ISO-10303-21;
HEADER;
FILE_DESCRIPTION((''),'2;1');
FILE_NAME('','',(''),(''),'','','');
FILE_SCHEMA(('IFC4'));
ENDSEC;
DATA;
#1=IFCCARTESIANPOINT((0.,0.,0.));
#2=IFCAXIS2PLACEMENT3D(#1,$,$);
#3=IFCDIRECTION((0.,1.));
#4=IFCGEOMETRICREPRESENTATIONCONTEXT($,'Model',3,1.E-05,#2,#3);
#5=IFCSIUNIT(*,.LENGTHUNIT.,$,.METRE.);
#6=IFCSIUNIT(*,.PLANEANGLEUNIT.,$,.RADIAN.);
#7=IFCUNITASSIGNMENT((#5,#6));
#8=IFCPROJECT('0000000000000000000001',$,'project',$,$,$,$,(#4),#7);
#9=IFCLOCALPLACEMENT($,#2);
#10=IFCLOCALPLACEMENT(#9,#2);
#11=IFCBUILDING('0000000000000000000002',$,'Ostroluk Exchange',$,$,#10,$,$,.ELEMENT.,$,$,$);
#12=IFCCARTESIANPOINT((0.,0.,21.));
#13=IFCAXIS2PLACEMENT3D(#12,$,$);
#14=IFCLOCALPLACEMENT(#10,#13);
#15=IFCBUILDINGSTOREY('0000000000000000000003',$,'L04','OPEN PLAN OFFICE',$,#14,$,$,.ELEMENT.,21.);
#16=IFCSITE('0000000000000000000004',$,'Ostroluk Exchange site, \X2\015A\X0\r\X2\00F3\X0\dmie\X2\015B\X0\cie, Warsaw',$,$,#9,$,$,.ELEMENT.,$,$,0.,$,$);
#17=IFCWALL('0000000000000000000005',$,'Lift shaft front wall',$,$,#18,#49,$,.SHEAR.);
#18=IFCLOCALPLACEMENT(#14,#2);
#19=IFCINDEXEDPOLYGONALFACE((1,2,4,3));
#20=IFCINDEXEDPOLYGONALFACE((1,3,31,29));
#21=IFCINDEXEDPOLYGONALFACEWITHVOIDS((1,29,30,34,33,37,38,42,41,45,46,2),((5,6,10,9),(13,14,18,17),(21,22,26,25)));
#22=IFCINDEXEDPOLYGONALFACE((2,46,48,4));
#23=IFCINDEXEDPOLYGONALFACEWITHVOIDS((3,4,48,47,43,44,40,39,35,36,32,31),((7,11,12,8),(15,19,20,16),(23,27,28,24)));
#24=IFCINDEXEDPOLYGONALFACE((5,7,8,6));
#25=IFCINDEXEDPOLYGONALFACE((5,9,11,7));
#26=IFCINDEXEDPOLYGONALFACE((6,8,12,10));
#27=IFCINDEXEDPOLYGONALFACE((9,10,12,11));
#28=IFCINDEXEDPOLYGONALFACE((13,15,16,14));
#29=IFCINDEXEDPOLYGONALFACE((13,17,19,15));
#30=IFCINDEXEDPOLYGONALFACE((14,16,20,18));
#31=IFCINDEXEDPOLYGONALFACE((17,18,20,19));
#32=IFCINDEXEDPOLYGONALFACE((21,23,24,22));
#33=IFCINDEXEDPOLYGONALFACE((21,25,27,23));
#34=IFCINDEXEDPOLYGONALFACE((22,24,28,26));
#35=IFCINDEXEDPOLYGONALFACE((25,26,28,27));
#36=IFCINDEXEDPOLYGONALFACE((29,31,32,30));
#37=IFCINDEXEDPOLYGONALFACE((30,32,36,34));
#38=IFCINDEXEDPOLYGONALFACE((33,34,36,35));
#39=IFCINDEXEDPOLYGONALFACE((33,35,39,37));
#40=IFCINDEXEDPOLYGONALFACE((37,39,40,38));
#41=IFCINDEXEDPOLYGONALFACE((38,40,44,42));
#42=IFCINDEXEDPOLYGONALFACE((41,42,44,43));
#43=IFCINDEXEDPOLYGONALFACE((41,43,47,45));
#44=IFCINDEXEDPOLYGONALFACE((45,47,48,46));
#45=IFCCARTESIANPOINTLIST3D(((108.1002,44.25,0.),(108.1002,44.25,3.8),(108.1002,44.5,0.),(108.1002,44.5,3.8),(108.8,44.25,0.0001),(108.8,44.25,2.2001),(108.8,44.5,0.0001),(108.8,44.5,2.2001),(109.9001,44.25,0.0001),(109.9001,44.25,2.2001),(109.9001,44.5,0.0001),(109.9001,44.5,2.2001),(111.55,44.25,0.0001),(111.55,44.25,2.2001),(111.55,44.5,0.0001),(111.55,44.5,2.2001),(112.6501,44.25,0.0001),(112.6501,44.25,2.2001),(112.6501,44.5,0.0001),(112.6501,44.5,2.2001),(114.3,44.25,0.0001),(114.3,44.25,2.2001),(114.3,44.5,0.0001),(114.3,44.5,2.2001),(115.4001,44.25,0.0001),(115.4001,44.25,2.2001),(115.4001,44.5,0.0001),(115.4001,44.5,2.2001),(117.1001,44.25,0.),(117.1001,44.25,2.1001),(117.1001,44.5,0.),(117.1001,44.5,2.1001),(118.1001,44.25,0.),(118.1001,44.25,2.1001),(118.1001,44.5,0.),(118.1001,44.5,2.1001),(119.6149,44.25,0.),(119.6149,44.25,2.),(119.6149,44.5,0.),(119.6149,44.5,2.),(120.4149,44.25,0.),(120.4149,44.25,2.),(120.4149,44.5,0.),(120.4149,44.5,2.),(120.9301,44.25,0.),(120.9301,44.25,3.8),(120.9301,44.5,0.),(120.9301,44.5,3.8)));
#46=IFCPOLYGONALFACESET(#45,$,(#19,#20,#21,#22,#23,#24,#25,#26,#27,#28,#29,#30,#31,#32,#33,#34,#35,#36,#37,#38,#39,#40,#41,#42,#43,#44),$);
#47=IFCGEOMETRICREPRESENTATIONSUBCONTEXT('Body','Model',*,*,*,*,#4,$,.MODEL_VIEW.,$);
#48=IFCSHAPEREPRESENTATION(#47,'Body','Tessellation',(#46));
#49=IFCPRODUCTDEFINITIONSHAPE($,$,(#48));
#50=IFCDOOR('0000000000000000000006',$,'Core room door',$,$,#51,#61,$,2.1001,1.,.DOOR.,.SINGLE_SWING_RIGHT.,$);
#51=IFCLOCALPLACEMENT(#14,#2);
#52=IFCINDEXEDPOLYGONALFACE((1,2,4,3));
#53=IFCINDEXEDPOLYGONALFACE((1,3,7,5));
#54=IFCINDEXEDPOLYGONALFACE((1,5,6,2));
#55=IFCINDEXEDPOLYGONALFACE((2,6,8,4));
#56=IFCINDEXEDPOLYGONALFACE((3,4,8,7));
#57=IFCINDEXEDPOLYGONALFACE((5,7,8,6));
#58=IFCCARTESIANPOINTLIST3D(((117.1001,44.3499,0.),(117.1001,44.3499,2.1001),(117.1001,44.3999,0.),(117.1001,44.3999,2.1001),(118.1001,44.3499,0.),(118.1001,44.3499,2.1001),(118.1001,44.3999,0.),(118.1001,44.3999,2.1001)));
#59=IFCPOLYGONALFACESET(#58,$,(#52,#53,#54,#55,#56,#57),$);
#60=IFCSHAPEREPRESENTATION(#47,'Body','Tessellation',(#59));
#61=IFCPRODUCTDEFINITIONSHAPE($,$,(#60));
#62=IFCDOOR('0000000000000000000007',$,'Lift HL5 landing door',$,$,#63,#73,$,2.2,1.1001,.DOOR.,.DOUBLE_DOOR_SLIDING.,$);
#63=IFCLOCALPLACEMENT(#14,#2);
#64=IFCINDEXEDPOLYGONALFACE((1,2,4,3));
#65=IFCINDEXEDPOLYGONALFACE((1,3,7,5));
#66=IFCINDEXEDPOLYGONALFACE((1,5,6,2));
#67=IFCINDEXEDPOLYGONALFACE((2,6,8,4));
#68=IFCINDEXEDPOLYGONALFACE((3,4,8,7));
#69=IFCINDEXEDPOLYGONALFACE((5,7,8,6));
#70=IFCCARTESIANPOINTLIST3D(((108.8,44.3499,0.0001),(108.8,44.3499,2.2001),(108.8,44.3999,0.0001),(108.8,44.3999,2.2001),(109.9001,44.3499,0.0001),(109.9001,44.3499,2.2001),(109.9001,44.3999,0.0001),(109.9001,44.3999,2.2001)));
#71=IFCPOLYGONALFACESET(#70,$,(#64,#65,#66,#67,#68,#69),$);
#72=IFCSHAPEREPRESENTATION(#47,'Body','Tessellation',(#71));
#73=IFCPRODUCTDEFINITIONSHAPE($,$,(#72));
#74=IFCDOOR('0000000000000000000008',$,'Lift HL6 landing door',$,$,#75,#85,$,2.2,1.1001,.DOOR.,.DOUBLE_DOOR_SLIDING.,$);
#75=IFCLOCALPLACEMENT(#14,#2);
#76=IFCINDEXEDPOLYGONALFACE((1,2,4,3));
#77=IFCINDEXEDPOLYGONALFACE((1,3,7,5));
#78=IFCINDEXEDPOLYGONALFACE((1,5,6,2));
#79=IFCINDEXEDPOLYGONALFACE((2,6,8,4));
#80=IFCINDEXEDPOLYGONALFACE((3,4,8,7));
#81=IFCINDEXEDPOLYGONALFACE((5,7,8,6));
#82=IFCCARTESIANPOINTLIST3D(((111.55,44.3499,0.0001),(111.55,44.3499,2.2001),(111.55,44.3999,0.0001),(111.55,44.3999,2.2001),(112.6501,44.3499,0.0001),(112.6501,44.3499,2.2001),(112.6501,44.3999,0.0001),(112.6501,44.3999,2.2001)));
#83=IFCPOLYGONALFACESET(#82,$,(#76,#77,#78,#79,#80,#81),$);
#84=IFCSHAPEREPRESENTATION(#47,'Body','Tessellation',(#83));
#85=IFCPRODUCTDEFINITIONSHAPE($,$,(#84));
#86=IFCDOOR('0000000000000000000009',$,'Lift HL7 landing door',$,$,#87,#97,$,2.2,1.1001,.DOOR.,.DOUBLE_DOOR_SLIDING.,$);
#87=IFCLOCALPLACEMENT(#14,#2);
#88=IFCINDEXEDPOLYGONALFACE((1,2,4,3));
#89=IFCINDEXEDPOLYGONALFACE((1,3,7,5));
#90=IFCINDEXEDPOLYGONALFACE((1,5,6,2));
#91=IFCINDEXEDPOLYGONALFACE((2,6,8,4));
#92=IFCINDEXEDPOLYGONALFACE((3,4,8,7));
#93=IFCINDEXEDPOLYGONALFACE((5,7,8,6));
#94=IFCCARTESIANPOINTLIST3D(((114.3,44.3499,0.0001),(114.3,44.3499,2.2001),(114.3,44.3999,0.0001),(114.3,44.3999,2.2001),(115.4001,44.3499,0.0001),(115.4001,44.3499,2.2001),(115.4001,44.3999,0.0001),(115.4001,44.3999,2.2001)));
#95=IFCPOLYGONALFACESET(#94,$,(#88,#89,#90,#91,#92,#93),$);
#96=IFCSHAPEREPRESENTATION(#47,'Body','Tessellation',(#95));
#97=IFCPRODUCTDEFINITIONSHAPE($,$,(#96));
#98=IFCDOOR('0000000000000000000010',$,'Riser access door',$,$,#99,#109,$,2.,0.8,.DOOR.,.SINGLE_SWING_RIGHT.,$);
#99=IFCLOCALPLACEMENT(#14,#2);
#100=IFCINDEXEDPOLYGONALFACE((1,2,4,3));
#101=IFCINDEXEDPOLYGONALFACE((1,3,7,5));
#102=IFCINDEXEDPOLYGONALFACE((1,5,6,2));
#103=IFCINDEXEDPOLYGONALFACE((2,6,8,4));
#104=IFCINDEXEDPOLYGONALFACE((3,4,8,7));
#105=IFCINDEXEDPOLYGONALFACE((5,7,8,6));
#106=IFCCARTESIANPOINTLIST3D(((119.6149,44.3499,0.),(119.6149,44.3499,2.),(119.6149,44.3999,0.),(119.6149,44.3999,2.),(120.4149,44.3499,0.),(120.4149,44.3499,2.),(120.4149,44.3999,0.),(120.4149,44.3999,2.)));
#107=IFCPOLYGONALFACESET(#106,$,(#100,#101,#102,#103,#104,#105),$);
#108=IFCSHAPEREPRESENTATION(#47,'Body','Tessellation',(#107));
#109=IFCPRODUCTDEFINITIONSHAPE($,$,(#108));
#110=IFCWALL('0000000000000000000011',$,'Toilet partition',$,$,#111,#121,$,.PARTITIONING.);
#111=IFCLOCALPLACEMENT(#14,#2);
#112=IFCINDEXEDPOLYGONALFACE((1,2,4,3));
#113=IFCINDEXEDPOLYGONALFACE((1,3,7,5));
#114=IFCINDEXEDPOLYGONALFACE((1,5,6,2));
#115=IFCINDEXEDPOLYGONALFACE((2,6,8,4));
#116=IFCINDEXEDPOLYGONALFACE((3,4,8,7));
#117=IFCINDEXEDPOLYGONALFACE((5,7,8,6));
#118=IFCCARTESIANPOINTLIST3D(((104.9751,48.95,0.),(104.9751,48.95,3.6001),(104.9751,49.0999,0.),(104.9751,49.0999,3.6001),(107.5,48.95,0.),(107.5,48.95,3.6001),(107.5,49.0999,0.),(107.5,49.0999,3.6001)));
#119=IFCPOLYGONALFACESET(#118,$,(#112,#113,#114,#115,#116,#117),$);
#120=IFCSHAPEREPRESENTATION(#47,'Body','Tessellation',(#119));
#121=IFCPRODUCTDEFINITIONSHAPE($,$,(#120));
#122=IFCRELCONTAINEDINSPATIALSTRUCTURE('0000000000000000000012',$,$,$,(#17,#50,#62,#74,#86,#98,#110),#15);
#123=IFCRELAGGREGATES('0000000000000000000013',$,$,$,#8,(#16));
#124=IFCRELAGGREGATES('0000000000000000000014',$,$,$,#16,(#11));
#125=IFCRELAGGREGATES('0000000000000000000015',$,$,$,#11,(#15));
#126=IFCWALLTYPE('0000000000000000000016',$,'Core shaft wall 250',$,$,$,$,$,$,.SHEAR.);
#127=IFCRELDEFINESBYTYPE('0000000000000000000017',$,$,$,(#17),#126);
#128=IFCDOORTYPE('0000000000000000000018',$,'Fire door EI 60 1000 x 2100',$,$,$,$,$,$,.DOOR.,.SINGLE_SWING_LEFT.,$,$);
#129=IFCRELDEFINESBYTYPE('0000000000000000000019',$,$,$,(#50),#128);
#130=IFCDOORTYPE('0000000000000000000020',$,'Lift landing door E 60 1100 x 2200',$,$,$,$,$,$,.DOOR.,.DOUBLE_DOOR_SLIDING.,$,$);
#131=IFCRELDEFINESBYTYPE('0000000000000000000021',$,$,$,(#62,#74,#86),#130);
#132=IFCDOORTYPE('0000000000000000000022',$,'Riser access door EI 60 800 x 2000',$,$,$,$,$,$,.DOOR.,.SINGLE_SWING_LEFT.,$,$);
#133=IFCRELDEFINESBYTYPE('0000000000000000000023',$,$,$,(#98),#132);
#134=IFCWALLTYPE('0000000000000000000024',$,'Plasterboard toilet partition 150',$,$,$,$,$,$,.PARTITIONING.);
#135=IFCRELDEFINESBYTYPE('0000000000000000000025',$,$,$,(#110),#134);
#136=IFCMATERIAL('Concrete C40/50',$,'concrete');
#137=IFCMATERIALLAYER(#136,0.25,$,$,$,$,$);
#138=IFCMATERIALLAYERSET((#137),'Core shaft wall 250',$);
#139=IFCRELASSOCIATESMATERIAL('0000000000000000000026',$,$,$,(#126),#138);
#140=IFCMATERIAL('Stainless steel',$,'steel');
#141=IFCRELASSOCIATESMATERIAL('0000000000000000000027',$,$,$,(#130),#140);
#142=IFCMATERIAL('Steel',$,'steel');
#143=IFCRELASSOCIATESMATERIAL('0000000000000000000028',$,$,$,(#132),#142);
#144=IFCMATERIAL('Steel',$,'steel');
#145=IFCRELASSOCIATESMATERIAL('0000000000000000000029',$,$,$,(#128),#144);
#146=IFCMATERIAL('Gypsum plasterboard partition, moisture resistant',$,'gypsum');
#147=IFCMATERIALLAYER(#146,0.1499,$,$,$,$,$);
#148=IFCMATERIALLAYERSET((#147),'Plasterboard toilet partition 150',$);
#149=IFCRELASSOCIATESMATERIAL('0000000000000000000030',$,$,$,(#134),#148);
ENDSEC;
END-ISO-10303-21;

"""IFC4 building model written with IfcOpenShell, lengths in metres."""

from ifc_helpers import new_model, si_unit, direction, frame, frame_2d, origin, place, context, subcontext, project, spatial, rectangle, extrude, material, layer, layer_set, type_object, element, fill, save


model = new_model("IFC4")

# Units and contexts
model_context = context("Model", 3, precision=1e-05, world=origin(), true_north=direction((0.0, 1.0)))
body_context = subcontext(model_context, "Body", "Model", "MODEL_VIEW")
ifc_project = project(units=[si_unit("LENGTHUNIT", "METRE"), si_unit("PLANEANGLEUNIT", "RADIAN")], contexts=[model_context])

# Site, building, storey
site_placement = place(None, origin())
site = spatial("IfcSite", under=ifc_project, at=site_placement, Name="Ostroluk Exchange site, Śródmieście, Warsaw", CompositionType="ELEMENT", RefElevation=0.0)
building_placement = place(site_placement, origin())
building = spatial("IfcBuilding", under=site, at=building_placement, Name="Ostroluk Exchange", CompositionType="ELEMENT")
storey_placement = place(building_placement, frame((0.0, 0.0, 21.0)))
storey = spatial("IfcBuildingStorey", under=building, at=storey_placement, Name="L04", Description="OPEN PLAN OFFICE", CompositionType="ELEMENT", Elevation=21.0)

# Shared definitions
ifc_material_1 = material(Name="Concrete C40/50", Category="concrete")
ifc_layer_1 = layer(ifc_material_1, 0.25)
ifc_layer_set_1 = layer_set([ifc_layer_1], Name="Core shaft wall 250")
wall_type_1 = type_object("IfcWallType", Name="Core shaft wall 250", PredefinedType="SHEAR", material=ifc_layer_set_1)

# Wall, openings, doors
ifc_material_2 = material(Name="Stainless steel", Category="steel")
door_type_1 = type_object("IfcDoorType", Name="Lift landing door E 60 1100 x 2200", OperationType="DOUBLE_DOOR_SLIDING", PredefinedType="DOOR", material=ifc_material_2)
ifc_material_3 = material(Name="Steel", Category="steel")
door_type_2 = type_object("IfcDoorType", Name="Riser access door EI 60 800 x 2000", OperationType="SINGLE_SWING_LEFT", PredefinedType="DOOR", material=ifc_material_3)
wall_1_placement = place(storey_placement, frame((108.1001, 44.375, 0.0), z_axis=(0.0, 0.0, 1.0), x_axis=(1.0, 0.0, 0.0)))
wall_1 = element("IfcWall", 1, at=wall_1_placement, inside=storey, type_object=wall_type_1, Name="Lift shaft front wall", PredefinedType="SHEAR", context=body_context, shape_type="SweptSolid", body=[
    extrude(rectangle(XDim=12.8298, YDim=0.25, at=frame_2d((6.415, 0.0))), origin(), (0.0, 0.0, 1.0), 3.8),
])
opening_1_placement = place(wall_1_placement, frame((0.7, 0.0, 0.0)))
opening_1 = element("IfcOpeningElement", 2, at=opening_1_placement, cuts=wall_1, PredefinedType="OPENING", context=body_context, shape_type="SweptSolid", body=[
    extrude(rectangle(XDim=1.1001, YDim=2.2, at=frame_2d((0.55, 1.1001))), frame((0.0, 0.135, 0.0), z_axis=(0.0, -1.0, 0.0), x_axis=(1.0, 0.0, 0.0)), (0.0, 0.0, 1.0), 0.27),
])
opening_2_placement = place(wall_1_placement, frame((3.45, 0.0, 0.0)))
opening_2 = element("IfcOpeningElement", 3, at=opening_2_placement, cuts=wall_1, PredefinedType="OPENING", context=body_context, shape_type="SweptSolid", body=[
    extrude(rectangle(XDim=1.1001, YDim=2.2, at=frame_2d((0.55, 1.1001))), frame((0.0, 0.135, 0.0), z_axis=(0.0, -1.0, 0.0), x_axis=(1.0, 0.0, 0.0)), (0.0, 0.0, 1.0), 0.27),
])
opening_3_placement = place(wall_1_placement, frame((6.2, 0.0, 0.0)))
opening_3 = element("IfcOpeningElement", 4, at=opening_3_placement, cuts=wall_1, PredefinedType="OPENING", context=body_context, shape_type="SweptSolid", body=[
    extrude(rectangle(XDim=1.1001, YDim=2.2, at=frame_2d((0.55, 1.1001))), frame((0.0, 0.135, 0.0), z_axis=(0.0, -1.0, 0.0), x_axis=(1.0, 0.0, 0.0)), (0.0, 0.0, 1.0), 0.27),
])
opening_4_placement = place(wall_1_placement, frame((9.0, 0.0, 0.0)))
opening_4 = element("IfcOpeningElement", 5, at=opening_4_placement, cuts=wall_1, PredefinedType="OPENING", context=body_context, shape_type="SweptSolid", body=[
    extrude(rectangle(XDim=1.0, YDim=2.1001, at=frame_2d((0.5, 1.05))), frame((0.0, 0.135, 0.0), z_axis=(0.0, -1.0, 0.0), x_axis=(1.0, 0.0, 0.0)), (0.0, 0.0, 1.0), 0.27),
])
opening_5_placement = place(wall_1_placement, frame((11.5149, 0.0, 0.0)))
opening_5 = element("IfcOpeningElement", 6, at=opening_5_placement, cuts=wall_1, PredefinedType="OPENING", context=body_context, shape_type="SweptSolid", body=[
    extrude(rectangle(XDim=0.8, YDim=2.0, at=frame_2d((0.3999, 1.0))), frame((0.0, 0.135, 0.0), z_axis=(0.0, -1.0, 0.0), x_axis=(1.0, 0.0, 0.0)), (0.0, 0.0, 1.0), 0.27),
])
ifc_material_4 = material(Name="Steel", Category="steel")
door_type_3 = type_object("IfcDoorType", Name="Fire door EI 60 1000 x 2100", OperationType="SINGLE_SWING_LEFT", PredefinedType="DOOR", material=ifc_material_4)
door_1_placement = place(opening_4_placement, origin())
door_1 = element("IfcDoor", 7, at=door_1_placement, inside=storey, type_object=door_type_3, Name="Core room door", OperationType="SINGLE_SWING_RIGHT", OverallHeight=2.1001, OverallWidth=1.0, PredefinedType="DOOR", context=body_context, shape_type="SweptSolid", body=[
    extrude(rectangle(XDim=1.0, YDim=2.1001, at=frame_2d((0.5, 1.05))), frame((0.0, 0.0249, 0.0), z_axis=(0.0, -1.0, 0.0), x_axis=(1.0, 0.0, 0.0)), (0.0, 0.0, 1.0), 0.05),
])
fill(opening_4, door_1)
door_2_placement = place(opening_1_placement, origin())
door_2 = element("IfcDoor", 8, at=door_2_placement, inside=storey, type_object=door_type_1, Name="Lift HL5 landing door", OperationType="DOUBLE_DOOR_SLIDING", OverallHeight=2.2, OverallWidth=1.1001, PredefinedType="DOOR", context=body_context, shape_type="SweptSolid", body=[
    extrude(rectangle(XDim=1.1001, YDim=2.2, at=frame_2d((0.55, 1.1001))), frame((0.0, 0.0249, 0.0), z_axis=(0.0, -1.0, 0.0), x_axis=(1.0, 0.0, 0.0)), (0.0, 0.0, 1.0), 0.05),
])
fill(opening_1, door_2)
door_3_placement = place(opening_2_placement, origin())
door_3 = element("IfcDoor", 9, at=door_3_placement, inside=storey, type_object=door_type_1, Name="Lift HL6 landing door", OperationType="DOUBLE_DOOR_SLIDING", OverallHeight=2.2, OverallWidth=1.1001, PredefinedType="DOOR", context=body_context, shape_type="SweptSolid", body=[
    extrude(rectangle(XDim=1.1001, YDim=2.2, at=frame_2d((0.55, 1.1001))), frame((0.0, 0.0249, 0.0), z_axis=(0.0, -1.0, 0.0), x_axis=(1.0, 0.0, 0.0)), (0.0, 0.0, 1.0), 0.05),
])
fill(opening_2, door_3)
door_4_placement = place(opening_3_placement, origin())
door_4 = element("IfcDoor", 10, at=door_4_placement, inside=storey, type_object=door_type_1, Name="Lift HL7 landing door", OperationType="DOUBLE_DOOR_SLIDING", OverallHeight=2.2, OverallWidth=1.1001, PredefinedType="DOOR", context=body_context, shape_type="SweptSolid", body=[
    extrude(rectangle(XDim=1.1001, YDim=2.2, at=frame_2d((0.55, 1.1001))), frame((0.0, 0.0249, 0.0), z_axis=(0.0, -1.0, 0.0), x_axis=(1.0, 0.0, 0.0)), (0.0, 0.0, 1.0), 0.05),
])
fill(opening_3, door_4)
door_5_placement = place(opening_5_placement, origin())
door_5 = element("IfcDoor", 11, at=door_5_placement, inside=storey, type_object=door_type_2, Name="Riser access door", OperationType="SINGLE_SWING_RIGHT", OverallHeight=2.0, OverallWidth=0.8, PredefinedType="DOOR", context=body_context, shape_type="SweptSolid", body=[
    extrude(rectangle(XDim=0.8, YDim=2.0, at=frame_2d((0.3999, 1.0))), frame((0.0, 0.0249, 0.0), z_axis=(0.0, -1.0, 0.0), x_axis=(1.0, 0.0, 0.0)), (0.0, 0.0, 1.0), 0.05),
])
fill(opening_5, door_5)

# Wall
ifc_material_5 = material(Name="Gypsum plasterboard partition, moisture resistant", Category="gypsum")
ifc_layer_2 = layer(ifc_material_5, 0.1499)
ifc_layer_set_2 = layer_set([ifc_layer_2], Name="Plasterboard toilet partition 150")
wall_type_2 = type_object("IfcWallType", Name="Plasterboard toilet partition 150", PredefinedType="PARTITIONING", material=ifc_layer_set_2)
wall_2_placement = place(storey_placement, frame((104.9751, 49.0249, 0.0), z_axis=(0.0, 0.0, 1.0), x_axis=(1.0, 0.0, 0.0)))
element("IfcWall", 12, at=wall_2_placement, inside=storey, type_object=wall_type_2, Name="Toilet partition", PredefinedType="PARTITIONING", context=body_context, shape_type="SweptSolid", body=[
    extrude(rectangle(XDim=2.5249, YDim=0.1499, at=frame_2d((1.2625, 0.0))), origin(), (0.0, 0.0, 1.0), 3.6001),
])

save(model, "model.ifc")
